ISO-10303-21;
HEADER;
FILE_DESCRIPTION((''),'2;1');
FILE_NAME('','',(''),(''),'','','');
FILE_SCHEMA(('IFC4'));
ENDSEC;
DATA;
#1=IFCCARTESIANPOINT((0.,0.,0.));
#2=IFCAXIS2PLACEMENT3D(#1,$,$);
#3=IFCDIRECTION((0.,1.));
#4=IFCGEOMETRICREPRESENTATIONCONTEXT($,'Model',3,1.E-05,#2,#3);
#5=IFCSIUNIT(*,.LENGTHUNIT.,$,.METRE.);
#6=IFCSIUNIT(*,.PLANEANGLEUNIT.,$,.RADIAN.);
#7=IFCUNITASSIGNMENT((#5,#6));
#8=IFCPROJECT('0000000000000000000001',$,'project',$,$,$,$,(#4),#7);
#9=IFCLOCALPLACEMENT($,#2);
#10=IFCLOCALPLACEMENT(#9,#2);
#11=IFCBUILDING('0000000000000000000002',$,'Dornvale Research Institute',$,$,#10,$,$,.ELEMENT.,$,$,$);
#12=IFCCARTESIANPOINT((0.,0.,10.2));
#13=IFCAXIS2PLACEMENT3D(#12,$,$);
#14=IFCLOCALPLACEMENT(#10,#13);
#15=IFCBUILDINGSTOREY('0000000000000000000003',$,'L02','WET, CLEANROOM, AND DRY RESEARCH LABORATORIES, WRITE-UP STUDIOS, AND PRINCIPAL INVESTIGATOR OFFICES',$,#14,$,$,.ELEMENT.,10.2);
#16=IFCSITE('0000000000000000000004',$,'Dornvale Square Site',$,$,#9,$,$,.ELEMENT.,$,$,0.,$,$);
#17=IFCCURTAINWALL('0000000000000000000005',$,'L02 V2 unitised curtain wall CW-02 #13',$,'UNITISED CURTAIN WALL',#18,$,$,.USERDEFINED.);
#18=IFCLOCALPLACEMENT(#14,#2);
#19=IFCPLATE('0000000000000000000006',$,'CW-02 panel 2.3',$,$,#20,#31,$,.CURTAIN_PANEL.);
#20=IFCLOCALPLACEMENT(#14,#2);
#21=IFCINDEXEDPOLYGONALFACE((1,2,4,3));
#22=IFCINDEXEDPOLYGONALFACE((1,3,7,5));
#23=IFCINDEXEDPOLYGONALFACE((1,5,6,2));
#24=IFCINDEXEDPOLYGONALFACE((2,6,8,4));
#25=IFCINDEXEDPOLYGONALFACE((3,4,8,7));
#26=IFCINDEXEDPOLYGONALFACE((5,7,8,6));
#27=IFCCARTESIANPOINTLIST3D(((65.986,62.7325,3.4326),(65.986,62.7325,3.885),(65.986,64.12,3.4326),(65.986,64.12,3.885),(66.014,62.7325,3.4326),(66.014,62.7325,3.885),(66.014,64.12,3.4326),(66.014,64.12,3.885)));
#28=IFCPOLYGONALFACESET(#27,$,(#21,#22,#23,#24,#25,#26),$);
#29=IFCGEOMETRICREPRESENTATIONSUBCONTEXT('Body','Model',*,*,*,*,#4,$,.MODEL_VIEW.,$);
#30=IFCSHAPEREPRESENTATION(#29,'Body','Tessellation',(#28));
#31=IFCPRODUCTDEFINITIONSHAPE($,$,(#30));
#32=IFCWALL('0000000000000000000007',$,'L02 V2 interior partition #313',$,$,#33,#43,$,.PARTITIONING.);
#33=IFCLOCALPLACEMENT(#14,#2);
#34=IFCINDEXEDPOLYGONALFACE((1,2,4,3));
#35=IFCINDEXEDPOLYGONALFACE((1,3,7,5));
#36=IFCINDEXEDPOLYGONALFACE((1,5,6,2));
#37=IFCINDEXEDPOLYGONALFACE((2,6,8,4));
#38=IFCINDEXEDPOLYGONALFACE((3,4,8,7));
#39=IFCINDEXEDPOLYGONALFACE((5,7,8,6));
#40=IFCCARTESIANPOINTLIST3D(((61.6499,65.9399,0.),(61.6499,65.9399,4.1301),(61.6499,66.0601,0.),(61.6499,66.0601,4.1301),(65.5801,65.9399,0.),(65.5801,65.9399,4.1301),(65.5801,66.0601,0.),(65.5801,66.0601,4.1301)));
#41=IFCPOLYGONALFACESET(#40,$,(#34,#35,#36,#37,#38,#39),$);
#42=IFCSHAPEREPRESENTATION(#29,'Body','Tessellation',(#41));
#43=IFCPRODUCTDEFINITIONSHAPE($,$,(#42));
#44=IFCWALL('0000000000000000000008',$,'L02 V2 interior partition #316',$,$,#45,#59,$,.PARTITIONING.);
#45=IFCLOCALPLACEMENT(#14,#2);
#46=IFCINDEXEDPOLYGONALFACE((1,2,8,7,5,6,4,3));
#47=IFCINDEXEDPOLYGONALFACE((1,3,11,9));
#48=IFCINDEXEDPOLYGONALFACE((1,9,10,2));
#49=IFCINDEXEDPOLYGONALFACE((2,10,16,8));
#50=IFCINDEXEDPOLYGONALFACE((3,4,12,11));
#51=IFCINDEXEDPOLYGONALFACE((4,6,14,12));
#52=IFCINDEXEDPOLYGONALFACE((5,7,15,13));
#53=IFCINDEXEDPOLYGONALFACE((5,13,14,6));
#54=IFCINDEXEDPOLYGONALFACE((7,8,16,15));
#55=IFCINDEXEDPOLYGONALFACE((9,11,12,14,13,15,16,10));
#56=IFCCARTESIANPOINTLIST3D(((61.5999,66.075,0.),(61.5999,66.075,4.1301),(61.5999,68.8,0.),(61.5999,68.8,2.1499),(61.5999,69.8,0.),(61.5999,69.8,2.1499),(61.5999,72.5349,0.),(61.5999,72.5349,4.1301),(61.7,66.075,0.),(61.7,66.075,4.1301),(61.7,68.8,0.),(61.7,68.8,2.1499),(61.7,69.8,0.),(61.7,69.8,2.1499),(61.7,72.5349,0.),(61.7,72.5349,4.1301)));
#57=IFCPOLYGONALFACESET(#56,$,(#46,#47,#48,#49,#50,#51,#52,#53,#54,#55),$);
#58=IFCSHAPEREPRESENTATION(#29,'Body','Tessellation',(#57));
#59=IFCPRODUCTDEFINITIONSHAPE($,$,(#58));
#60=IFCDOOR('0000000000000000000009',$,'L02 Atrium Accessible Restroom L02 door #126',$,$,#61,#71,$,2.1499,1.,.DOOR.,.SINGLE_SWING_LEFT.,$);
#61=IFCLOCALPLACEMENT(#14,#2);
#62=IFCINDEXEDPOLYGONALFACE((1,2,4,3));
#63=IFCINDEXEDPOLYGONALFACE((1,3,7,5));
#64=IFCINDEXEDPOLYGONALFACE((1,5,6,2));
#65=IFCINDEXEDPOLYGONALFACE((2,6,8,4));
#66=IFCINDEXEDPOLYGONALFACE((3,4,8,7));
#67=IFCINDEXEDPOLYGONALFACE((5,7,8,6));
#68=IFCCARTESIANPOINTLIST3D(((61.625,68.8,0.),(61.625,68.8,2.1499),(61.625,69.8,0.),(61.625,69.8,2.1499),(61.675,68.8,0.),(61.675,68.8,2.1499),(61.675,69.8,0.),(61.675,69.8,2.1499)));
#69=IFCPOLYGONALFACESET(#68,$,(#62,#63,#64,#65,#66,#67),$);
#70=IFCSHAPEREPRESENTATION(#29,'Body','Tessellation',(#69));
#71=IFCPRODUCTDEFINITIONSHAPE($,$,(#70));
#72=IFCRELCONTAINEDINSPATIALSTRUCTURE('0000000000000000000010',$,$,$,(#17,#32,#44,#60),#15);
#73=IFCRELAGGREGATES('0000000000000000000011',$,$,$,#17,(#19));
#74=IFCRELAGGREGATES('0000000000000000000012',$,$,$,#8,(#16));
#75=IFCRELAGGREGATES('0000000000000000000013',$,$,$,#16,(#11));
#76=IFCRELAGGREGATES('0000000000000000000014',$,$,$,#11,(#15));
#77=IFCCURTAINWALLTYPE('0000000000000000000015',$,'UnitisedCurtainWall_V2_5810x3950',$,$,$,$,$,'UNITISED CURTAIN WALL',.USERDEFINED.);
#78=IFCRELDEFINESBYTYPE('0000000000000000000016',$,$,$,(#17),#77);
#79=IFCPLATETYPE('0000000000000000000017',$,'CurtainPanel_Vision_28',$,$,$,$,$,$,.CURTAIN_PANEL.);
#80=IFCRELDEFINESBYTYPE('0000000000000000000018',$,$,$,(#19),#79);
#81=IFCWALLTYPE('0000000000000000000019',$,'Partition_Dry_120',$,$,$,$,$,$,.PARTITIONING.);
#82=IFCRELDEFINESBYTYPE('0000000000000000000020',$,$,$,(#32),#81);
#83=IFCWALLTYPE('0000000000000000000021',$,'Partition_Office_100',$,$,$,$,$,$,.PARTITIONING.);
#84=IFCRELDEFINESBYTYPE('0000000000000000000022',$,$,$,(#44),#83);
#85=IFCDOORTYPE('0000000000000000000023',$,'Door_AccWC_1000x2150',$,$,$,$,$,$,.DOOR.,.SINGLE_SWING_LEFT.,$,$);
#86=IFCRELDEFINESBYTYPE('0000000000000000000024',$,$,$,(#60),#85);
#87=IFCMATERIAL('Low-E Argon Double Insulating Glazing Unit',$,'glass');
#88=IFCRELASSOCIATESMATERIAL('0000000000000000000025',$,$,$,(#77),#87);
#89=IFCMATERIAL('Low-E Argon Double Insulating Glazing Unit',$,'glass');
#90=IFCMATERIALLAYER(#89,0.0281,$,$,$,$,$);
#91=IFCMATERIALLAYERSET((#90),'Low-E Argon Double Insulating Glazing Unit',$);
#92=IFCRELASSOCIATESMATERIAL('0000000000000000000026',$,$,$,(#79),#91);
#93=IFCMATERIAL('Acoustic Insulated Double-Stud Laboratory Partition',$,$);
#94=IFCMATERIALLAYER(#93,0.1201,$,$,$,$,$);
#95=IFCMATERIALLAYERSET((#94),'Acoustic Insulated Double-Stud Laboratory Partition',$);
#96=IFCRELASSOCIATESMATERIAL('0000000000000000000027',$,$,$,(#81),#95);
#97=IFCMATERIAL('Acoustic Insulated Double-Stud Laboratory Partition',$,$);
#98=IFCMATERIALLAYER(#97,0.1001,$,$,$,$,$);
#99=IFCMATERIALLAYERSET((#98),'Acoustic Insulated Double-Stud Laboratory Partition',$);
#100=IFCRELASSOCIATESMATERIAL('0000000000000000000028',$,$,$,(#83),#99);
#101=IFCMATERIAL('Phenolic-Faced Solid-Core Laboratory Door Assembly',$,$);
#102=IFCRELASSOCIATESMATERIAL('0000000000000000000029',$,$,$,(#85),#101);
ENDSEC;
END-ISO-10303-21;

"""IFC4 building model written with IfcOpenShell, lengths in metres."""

from ifc_helpers import new_model, si_unit, direction, frame, frame_2d, origin, origin_2d, place, context, subcontext, project, spatial, rectangle, extrude, material, layer, layer_set, type_object, element, fill, aggregate, save


model = new_model("IFC4")

# Units and contexts
model_context = context("Model", 3, precision=1e-05, world=origin(), true_north=direction((0.0, 1.0)))
body_context = subcontext(model_context, "Body", "Model", "MODEL_VIEW")
ifc_project = project(units=[si_unit("LENGTHUNIT", "METRE"), si_unit("PLANEANGLEUNIT", "RADIAN")], contexts=[model_context])

# Site, building, storey
site_placement = place(None, origin())
site = spatial("IfcSite", under=ifc_project, at=site_placement, Name="Dornvale Square Site", CompositionType="ELEMENT", RefElevation=0.0)
building_placement = place(site_placement, origin())
building = spatial("IfcBuilding", under=site, at=building_placement, Name="Dornvale Research Institute", CompositionType="ELEMENT")
storey_placement = place(building_placement, frame((0.0, 0.0, 10.2)))
storey = spatial("IfcBuildingStorey", under=building, at=storey_placement, Name="L02", Description="WET, CLEANROOM, AND DRY RESEARCH LABORATORIES, WRITE-UP STUDIOS, AND PRINCIPAL INVESTIGATOR OFFICES", CompositionType="ELEMENT", Elevation=10.2)

# Curtain wall
ifc_material_1 = material(Name="Low-E Argon Double Insulating Glazing Unit", Category="glass")
curtain_wall_type = type_object("IfcCurtainWallType", Name="UnitisedCurtainWall_V2_5810x3950", ElementType="UNITISED CURTAIN WALL", PredefinedType="USERDEFINED", material=ifc_material_1)
curtain_wall_placement = place(storey_placement, origin())
curtain_wall = element("IfcCurtainWall", 1, at=curtain_wall_placement, inside=storey, type_object=curtain_wall_type, Name="L02 V2 unitised curtain wall CW-02 #13", ObjectType="UNITISED CURTAIN WALL", PredefinedType="USERDEFINED")

# Plate
ifc_material_2 = material(Name="Low-E Argon Double Insulating Glazing Unit", Category="glass")
ifc_layer_1 = layer(ifc_material_2, 0.0281)
ifc_layer_set_1 = layer_set([ifc_layer_1], Name="Low-E Argon Double Insulating Glazing Unit")
plate_type_1 = type_object("IfcPlateType", Name="CurtainPanel_Vision_28", PredefinedType="CURTAIN_PANEL", material=ifc_layer_set_1)
plate_1_placement = place(storey_placement, frame((66.0, 63.4263, 3.4326), z_axis=(0.0, 0.0, 1.0), x_axis=(0.0, -1.0, 0.0)))
plate_1 = element("IfcPlate", 2, at=plate_1_placement, type_object=plate_type_1, Name="CW-02 panel 2.3", PredefinedType="CURTAIN_PANEL", context=body_context, shape_type="SweptSolid", body=[
    extrude(rectangle(XDim=1.3875, YDim=0.0281, at=origin_2d()), origin(), (0.0, 0.0, 1.0), 0.4524),
])
aggregate(curtain_wall, [plate_1])

# Wall
ifc_material_3 = material(Name="Acoustic Insulated Double-Stud Laboratory Partition")
ifc_layer_2 = layer(ifc_material_3, 0.1201)
ifc_layer_set_2 = layer_set([ifc_layer_2], Name="Acoustic Insulated Double-Stud Laboratory Partition")
wall_type_1 = type_object("IfcWallType", Name="Partition_Dry_120", PredefinedType="PARTITIONING", material=ifc_layer_set_2)
wall_1_placement = place(storey_placement, frame((61.6499, 66.0, 0.0), z_axis=(0.0, 0.0, 1.0), x_axis=(1.0, 0.0, 0.0)))
element("IfcWall", 3, at=wall_1_placement, inside=storey, type_object=wall_type_1, Name="L02 V2 interior partition #313", PredefinedType="PARTITIONING", context=body_context, shape_type="SweptSolid", body=[
    extrude(rectangle(XDim=3.9302, YDim=0.1201, at=frame_2d((1.9651, 0.0))), origin(), (0.0, 0.0, 1.0), 4.1301),
])

# Wall, opening, door
ifc_material_4 = material(Name="Acoustic Insulated Double-Stud Laboratory Partition")
ifc_layer_3 = layer(ifc_material_4, 0.1001)
ifc_layer_set_3 = layer_set([ifc_layer_3], Name="Acoustic Insulated Double-Stud Laboratory Partition")
wall_type_2 = type_object("IfcWallType", Name="Partition_Office_100", PredefinedType="PARTITIONING", material=ifc_layer_set_3)
wall_2_placement = place(storey_placement, frame((61.6499, 66.075, 0.0), z_axis=(0.0, 0.0, 1.0), x_axis=(0.0, 1.0, 0.0)))
wall_2 = element("IfcWall", 4, at=wall_2_placement, inside=storey, type_object=wall_type_2, Name="L02 V2 interior partition #316", PredefinedType="PARTITIONING", context=body_context, shape_type="SweptSolid", body=[
    extrude(rectangle(XDim=6.46, YDim=0.1001, at=frame_2d((3.23, 0.0))), origin(), (0.0, 0.0, 1.0), 4.1301),
])
opening_placement = place(wall_2_placement, frame((2.7251, 0.0, 0.0)))
opening = element("IfcOpeningElement", 5, at=opening_placement, cuts=wall_2, PredefinedType="OPENING", context=body_context, shape_type="SweptSolid", body=[
    extrude(rectangle(XDim=1.0, YDim=2.1499, at=frame_2d((0.5, 1.075))), frame((0.0, 0.0649, 0.0), z_axis=(0.0, -1.0, 0.0), x_axis=(1.0, 0.0, 0.0)), (0.0, 0.0, 1.0), 0.1301),
])
ifc_material_5 = material(Name="Phenolic-Faced Solid-Core Laboratory Door Assembly")
door_type = type_object("IfcDoorType", Name="Door_AccWC_1000x2150", OperationType="SINGLE_SWING_LEFT", PredefinedType="DOOR", material=ifc_material_5)
door_placement = place(opening_placement, origin())
door = element("IfcDoor", 6, at=door_placement, inside=storey, type_object=door_type, Name="L02 Atrium Accessible Restroom L02 door #126", OperationType="SINGLE_SWING_LEFT", OverallHeight=2.1499, OverallWidth=1.0, PredefinedType="DOOR", context=body_context, shape_type="SweptSolid", body=[
    extrude(rectangle(XDim=1.0, YDim=2.1499, at=frame_2d((0.5, 1.075))), frame((0.0, 0.0249, 0.0), z_axis=(0.0, -1.0, 0.0), x_axis=(1.0, 0.0, 0.0)), (0.0, 0.0, 1.0), 0.05),
])
fill(opening, door)

save(model, "model.ifc")
